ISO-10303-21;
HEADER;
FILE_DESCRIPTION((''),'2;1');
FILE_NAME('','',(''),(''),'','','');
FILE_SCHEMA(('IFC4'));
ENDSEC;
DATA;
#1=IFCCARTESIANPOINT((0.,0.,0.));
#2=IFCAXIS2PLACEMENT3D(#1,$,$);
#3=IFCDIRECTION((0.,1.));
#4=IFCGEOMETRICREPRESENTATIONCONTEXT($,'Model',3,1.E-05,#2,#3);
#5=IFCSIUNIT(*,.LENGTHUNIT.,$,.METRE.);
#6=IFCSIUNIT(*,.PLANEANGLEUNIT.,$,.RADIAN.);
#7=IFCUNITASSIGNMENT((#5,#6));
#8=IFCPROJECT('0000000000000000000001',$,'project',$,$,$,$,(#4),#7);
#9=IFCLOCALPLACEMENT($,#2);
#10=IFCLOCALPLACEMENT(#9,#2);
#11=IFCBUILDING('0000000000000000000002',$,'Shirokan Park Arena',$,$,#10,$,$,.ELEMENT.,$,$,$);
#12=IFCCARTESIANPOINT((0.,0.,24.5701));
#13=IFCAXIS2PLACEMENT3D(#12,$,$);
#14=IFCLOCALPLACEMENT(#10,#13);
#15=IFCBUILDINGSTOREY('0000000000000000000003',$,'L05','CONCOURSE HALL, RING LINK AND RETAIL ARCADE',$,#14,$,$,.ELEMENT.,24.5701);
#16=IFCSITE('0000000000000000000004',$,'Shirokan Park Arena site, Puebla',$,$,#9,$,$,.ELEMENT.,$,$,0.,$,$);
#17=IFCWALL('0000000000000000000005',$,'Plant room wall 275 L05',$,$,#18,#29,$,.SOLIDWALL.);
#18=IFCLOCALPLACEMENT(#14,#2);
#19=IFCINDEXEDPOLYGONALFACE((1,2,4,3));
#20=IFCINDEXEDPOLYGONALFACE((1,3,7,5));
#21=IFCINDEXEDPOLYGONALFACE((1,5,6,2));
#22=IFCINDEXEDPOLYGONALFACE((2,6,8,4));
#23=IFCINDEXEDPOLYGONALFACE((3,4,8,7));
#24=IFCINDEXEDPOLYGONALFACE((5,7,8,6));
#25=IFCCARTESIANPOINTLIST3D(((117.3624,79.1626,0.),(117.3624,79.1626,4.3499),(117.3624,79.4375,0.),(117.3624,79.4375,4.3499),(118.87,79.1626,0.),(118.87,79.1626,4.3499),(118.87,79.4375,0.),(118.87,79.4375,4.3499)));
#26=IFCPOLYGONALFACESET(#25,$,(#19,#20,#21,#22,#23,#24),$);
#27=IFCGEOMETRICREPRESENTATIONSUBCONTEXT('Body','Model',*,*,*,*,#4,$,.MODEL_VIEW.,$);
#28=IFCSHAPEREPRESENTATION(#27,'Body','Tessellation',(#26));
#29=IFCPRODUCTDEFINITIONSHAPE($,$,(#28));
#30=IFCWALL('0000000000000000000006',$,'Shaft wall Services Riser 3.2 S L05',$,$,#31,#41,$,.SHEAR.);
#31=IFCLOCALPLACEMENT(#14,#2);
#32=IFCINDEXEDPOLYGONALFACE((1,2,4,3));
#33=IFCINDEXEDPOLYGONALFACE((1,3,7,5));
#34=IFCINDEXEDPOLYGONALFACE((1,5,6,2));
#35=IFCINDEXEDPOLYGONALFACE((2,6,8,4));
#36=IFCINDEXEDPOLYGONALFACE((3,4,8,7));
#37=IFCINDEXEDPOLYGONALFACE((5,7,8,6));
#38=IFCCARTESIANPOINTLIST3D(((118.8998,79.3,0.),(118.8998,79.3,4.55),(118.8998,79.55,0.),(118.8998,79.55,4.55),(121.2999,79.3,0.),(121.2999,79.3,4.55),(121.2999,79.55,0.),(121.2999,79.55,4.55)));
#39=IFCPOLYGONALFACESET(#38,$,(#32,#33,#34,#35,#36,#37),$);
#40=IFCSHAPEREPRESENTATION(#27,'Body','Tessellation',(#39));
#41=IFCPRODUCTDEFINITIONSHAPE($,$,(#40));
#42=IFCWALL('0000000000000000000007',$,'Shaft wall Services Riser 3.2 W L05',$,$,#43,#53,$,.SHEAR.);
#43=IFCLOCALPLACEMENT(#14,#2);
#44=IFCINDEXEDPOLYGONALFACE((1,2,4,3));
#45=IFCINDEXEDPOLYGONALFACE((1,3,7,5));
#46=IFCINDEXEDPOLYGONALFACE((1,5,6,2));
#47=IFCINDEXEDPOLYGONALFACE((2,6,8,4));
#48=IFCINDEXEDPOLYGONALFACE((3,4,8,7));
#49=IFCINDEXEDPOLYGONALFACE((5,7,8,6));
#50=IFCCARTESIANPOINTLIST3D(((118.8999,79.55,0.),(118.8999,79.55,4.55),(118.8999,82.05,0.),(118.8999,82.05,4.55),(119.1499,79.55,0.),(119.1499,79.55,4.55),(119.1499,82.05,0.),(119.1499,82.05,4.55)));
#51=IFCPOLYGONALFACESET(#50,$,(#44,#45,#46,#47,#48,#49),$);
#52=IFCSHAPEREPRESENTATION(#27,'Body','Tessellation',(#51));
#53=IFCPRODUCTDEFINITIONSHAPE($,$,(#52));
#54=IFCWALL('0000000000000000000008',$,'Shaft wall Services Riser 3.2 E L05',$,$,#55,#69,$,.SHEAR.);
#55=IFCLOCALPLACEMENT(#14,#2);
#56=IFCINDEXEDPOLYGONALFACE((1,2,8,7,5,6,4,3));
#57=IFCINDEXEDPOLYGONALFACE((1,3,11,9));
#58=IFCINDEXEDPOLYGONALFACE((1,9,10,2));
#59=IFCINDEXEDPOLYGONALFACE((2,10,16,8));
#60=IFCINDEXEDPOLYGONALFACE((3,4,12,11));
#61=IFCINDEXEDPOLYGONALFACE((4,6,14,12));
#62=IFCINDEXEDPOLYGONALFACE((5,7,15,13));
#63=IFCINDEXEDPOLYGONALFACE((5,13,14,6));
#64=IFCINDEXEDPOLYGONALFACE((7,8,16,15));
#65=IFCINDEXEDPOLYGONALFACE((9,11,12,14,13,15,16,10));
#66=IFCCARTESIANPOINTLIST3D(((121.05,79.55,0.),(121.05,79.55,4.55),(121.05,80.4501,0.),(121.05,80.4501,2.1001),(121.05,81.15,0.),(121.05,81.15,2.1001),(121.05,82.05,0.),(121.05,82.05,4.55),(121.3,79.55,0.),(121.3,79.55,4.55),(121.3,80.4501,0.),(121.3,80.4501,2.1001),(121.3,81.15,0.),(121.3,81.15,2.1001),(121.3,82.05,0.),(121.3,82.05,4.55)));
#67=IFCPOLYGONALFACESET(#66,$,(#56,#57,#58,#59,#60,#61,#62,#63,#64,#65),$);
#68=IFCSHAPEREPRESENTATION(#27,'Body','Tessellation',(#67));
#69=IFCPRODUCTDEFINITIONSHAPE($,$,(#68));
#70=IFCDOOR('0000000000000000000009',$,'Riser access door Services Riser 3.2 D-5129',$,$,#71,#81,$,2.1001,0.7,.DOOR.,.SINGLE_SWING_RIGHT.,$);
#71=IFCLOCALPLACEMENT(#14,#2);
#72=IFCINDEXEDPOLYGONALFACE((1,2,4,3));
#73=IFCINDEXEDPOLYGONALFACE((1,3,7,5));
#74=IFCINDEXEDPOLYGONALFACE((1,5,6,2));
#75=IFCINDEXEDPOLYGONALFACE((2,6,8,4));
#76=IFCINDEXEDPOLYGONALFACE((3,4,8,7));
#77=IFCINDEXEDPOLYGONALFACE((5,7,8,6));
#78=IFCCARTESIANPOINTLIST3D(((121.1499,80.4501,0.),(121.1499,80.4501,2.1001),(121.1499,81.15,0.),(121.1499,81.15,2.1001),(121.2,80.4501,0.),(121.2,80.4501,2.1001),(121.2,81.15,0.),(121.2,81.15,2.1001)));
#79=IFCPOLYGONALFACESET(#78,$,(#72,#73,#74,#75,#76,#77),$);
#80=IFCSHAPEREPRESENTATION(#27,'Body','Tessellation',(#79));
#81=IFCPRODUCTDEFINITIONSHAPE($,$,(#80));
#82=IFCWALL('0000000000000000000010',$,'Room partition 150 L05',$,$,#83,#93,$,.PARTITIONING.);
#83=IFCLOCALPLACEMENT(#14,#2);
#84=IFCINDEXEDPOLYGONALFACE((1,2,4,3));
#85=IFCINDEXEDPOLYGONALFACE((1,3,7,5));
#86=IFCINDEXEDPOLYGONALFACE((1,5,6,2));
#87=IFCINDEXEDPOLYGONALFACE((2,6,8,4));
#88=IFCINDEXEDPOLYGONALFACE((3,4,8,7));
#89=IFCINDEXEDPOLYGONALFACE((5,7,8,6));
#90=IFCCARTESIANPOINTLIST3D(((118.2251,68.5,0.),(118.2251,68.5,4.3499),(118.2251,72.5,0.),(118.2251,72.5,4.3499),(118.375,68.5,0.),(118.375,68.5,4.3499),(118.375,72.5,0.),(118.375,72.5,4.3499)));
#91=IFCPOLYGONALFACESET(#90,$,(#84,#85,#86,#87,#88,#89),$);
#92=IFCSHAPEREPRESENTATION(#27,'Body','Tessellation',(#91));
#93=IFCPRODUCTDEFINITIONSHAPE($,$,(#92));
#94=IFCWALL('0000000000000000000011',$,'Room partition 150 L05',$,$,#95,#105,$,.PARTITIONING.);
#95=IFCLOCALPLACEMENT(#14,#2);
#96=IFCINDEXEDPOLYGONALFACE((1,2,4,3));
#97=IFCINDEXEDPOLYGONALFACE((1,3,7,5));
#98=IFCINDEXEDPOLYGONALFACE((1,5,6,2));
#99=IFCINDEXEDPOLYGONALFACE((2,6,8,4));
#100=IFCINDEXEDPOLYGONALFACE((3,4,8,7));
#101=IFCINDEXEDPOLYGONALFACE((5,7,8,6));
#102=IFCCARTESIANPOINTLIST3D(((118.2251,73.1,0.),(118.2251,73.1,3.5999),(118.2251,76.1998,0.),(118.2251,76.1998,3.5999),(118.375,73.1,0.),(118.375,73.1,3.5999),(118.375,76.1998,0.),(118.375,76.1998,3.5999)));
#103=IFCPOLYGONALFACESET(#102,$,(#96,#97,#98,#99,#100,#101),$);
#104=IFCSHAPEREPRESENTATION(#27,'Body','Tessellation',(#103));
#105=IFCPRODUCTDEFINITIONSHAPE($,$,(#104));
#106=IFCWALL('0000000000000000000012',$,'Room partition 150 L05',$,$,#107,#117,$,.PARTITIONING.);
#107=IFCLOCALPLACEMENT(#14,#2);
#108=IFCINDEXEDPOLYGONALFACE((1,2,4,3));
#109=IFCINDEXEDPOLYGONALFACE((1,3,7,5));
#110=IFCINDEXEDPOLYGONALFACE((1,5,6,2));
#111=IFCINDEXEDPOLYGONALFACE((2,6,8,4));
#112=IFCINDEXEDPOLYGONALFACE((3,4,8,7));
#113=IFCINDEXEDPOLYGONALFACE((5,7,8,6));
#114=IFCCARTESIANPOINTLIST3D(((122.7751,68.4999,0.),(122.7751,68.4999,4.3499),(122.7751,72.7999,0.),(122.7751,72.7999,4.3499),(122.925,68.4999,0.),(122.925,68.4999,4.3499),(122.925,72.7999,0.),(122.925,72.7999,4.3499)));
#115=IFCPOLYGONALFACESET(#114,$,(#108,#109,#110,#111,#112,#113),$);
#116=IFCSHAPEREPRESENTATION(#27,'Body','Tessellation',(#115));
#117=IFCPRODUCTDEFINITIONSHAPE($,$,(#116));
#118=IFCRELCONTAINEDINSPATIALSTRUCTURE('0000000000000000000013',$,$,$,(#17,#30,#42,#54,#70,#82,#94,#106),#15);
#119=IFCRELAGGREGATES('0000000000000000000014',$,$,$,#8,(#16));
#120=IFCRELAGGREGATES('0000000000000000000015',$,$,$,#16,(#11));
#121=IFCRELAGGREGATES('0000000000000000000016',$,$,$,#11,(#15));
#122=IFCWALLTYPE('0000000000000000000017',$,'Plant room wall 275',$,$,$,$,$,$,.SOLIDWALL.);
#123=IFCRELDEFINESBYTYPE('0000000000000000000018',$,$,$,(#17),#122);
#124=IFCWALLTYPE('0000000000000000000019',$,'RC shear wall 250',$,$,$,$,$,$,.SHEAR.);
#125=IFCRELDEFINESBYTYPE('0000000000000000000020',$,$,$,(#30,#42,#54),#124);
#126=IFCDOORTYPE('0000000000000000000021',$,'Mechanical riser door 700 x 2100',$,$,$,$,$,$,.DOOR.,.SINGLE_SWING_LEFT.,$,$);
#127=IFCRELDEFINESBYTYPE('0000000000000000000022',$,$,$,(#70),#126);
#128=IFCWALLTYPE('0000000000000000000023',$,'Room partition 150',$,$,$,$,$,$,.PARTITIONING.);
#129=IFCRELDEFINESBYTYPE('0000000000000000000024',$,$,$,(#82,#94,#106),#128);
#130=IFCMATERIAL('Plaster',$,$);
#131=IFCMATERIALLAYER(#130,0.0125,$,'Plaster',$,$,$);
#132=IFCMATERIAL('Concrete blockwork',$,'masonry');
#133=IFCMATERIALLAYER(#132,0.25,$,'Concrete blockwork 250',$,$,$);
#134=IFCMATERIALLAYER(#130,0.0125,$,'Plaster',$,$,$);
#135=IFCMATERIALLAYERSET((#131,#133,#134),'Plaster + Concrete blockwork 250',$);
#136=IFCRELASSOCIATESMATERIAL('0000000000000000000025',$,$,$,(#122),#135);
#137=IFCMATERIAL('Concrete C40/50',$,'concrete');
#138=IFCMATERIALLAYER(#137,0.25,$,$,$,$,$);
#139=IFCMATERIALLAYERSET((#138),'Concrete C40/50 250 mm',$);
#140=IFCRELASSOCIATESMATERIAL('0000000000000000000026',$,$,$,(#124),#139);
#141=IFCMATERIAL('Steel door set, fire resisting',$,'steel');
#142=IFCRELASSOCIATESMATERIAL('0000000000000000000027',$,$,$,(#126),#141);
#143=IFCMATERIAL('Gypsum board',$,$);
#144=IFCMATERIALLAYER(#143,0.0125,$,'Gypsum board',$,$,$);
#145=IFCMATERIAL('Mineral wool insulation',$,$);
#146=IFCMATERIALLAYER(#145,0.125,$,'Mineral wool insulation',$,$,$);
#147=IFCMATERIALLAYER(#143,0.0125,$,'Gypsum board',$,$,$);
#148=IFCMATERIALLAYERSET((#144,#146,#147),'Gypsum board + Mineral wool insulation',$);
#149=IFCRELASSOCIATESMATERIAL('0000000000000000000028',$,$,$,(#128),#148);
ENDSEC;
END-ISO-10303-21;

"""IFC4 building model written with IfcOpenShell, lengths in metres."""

from ifc_helpers import new_model, si_unit, direction, frame, frame_2d, origin, place, context, subcontext, project, spatial, rectangle, extrude, material, layer, layer_set, type_object, element, fill, save


model = new_model("IFC4")

# Units and contexts
model_context = context("Model", 3, precision=1e-05, world=origin(), true_north=direction((0.0, 1.0)))
body_context = subcontext(model_context, "Body", "Model", "MODEL_VIEW")
ifc_project = project(units=[si_unit("LENGTHUNIT", "METRE"), si_unit("PLANEANGLEUNIT", "RADIAN")], contexts=[model_context])

# Site, building, storey
site_placement = place(None, origin())
site = spatial("IfcSite", under=ifc_project, at=site_placement, Name="Shirokan Park Arena site, Puebla", CompositionType="ELEMENT", RefElevation=0.0)
building_placement = place(site_placement, origin())
building = spatial("IfcBuilding", under=site, at=building_placement, Name="Shirokan Park Arena", CompositionType="ELEMENT")
storey_placement = place(building_placement, frame((0.0, 0.0, 24.5701)))
storey = spatial("IfcBuildingStorey", under=building, at=storey_placement, Name="L05", Description="CONCOURSE HALL, RING LINK AND RETAIL ARCADE", CompositionType="ELEMENT", Elevation=24.5701)

# Shared definitions
ifc_material_1 = material(Name="Gypsum board")
ifc_material_2 = material(Name="Mineral wool insulation")

# Walls
ifc_material_3 = material(Name="Plaster")
ifc_layer_1 = layer(ifc_material_3, 0.0125, Name="Plaster")
ifc_material_4 = material(Name="Concrete blockwork", Category="masonry")
ifc_layer_2 = layer(ifc_material_4, 0.25, Name="Concrete blockwork 250")
ifc_layer_3 = layer(ifc_material_3, 0.0125, Name="Plaster")
ifc_layer_set_1 = layer_set([ifc_layer_1, ifc_layer_2, ifc_layer_3], Name="Plaster + Concrete blockwork 250")
wall_type_1 = type_object("IfcWallType", Name="Plant room wall 275", PredefinedType="SOLIDWALL", material=ifc_layer_set_1)
wall_1_placement = place(storey_placement, frame((118.8701, 79.3, 0.0), z_axis=(0.0, 0.0, 1.0), x_axis=(-1.0, 0.0, 0.0)))
element("IfcWall", 1, at=wall_1_placement, inside=storey, type_object=wall_type_1, Name="Plant room wall 275 L05", PredefinedType="SOLIDWALL", context=body_context, shape_type="SweptSolid", body=[
    extrude(rectangle(XDim=1.5076, YDim=0.2749, at=frame_2d((0.7539, 0.0))), origin(), (0.0, 0.0, 1.0), 4.3499),
])
ifc_material_5 = material(Name="Concrete C40/50", Category="concrete")
ifc_layer_4 = layer(ifc_material_5, 0.25)
ifc_layer_set_2 = layer_set([ifc_layer_4], Name="Concrete C40/50 250 mm")
wall_type_2 = type_object("IfcWallType", Name="RC shear wall 250", PredefinedType="SHEAR", material=ifc_layer_set_2)
wall_2_placement = place(storey_placement, frame((121.3, 79.425, 0.0), z_axis=(0.0, 0.0, 1.0), x_axis=(-1.0, 0.0, 0.0)))
element("IfcWall", 2, at=wall_2_placement, inside=storey, type_object=wall_type_2, Name="Shaft wall Services Riser 3.2 S L05", PredefinedType="SHEAR", context=body_context, shape_type="SweptSolid", body=[
    extrude(rectangle(XDim=2.4001, YDim=0.25, at=frame_2d((1.2002, 0.0))), origin(), (0.0, 0.0, 1.0), 4.55),
])
wall_3_placement = place(storey_placement, frame((119.0249, 82.05, 0.0), z_axis=(0.0, 0.0, 1.0), x_axis=(0.0, -1.0, 0.0)))
element("IfcWall", 3, at=wall_3_placement, inside=storey, type_object=wall_type_2, Name="Shaft wall Services Riser 3.2 W L05", PredefinedType="SHEAR", context=body_context, shape_type="SweptSolid", body=[
    extrude(rectangle(XDim=2.5, YDim=0.25, at=frame_2d((1.25, 0.0))), origin(), (0.0, 0.0, 1.0), 4.55),
])

# Wall, opening, door
wall_4_placement = place(storey_placement, frame((121.175, 82.05, 0.0), z_axis=(0.0, 0.0, 1.0), x_axis=(0.0, -1.0, 0.0)))
wall_4 = element("IfcWall", 4, at=wall_4_placement, inside=storey, type_object=wall_type_2, Name="Shaft wall Services Riser 3.2 E L05", PredefinedType="SHEAR", context=body_context, shape_type="SweptSolid", body=[
    extrude(rectangle(XDim=2.5, YDim=0.25, at=frame_2d((1.25, 0.0))), origin(), (0.0, 0.0, 1.0), 4.55),
])
opening_1_placement = place(wall_4_placement, frame((0.8999, 0.0, 0.0)))
opening_1 = element("IfcOpeningElement", 5, at=opening_1_placement, cuts=wall_4, PredefinedType="OPENING", context=body_context, shape_type="SweptSolid", body=[
    extrude(rectangle(XDim=0.7, YDim=2.1001, at=frame_2d((0.3501, 1.05))), frame((0.0, 0.135, 0.0), z_axis=(0.0, -1.0, 0.0), x_axis=(1.0, 0.0, 0.0)), (0.0, 0.0, 1.0), 0.27),
])
ifc_material_6 = material(Name="Steel door set, fire resisting", Category="steel")
door_type_1 = type_object("IfcDoorType", Name="Mechanical riser door 700 x 2100", OperationType="SINGLE_SWING_LEFT", PredefinedType="DOOR", material=ifc_material_6)
door_1_placement = place(opening_1_placement, origin())
door_1 = element("IfcDoor", 6, at=door_1_placement, inside=storey, type_object=door_type_1, Name="Riser access door Services Riser 3.2 D-5129", OperationType="SINGLE_SWING_RIGHT", OverallHeight=2.1001, OverallWidth=0.7, PredefinedType="DOOR", context=body_context, shape_type="SweptSolid", body=[
    extrude(rectangle(XDim=0.7, YDim=2.1001, at=frame_2d((0.3501, 1.05))), frame((0.0, 0.0249, 0.0), z_axis=(0.0, -1.0, 0.0), x_axis=(1.0, 0.0, 0.0)), (0.0, 0.0, 1.0), 0.05),
])
fill(opening_1, door_1)

# Walls
ifc_layer_5 = layer(ifc_material_1, 0.0125, Name="Gypsum board")
ifc_layer_6 = layer(ifc_material_2, 0.125, Name="Mineral wool insulation")
ifc_layer_7 = layer(ifc_material_1, 0.0125, Name="Gypsum board")
ifc_layer_set_3 = layer_set([ifc_layer_5, ifc_layer_6, ifc_layer_7], Name="Gypsum board + Mineral wool insulation")
wall_type_3 = type_object("IfcWallType", Name="Room partition 150", PredefinedType="PARTITIONING", material=ifc_layer_set_3)
wall_5_placement = place(storey_placement, frame((118.3, 68.5, 0.0), z_axis=(0.0, 0.0, 1.0), x_axis=(0.0, 1.0, 0.0)))
element("IfcWall", 7, at=wall_5_placement, inside=storey, type_object=wall_type_3, Name="Room partition 150 L05", PredefinedType="PARTITIONING", context=body_context, shape_type="SweptSolid", body=[
    extrude(rectangle(XDim=4.0, YDim=0.1499, at=frame_2d((2.0, 0.0))), origin(), (0.0, 0.0, 1.0), 4.3499),
])
wall_6_placement = place(storey_placement, frame((118.3, 73.1001, 0.0), z_axis=(0.0, 0.0, 1.0), x_axis=(0.0, 1.0, 0.0)))
element("IfcWall", 8, at=wall_6_placement, inside=storey, type_object=wall_type_3, Name="Room partition 150 L05", PredefinedType="PARTITIONING", context=body_context, shape_type="SweptSolid", body=[
    extrude(rectangle(XDim=3.0999, YDim=0.1499, at=frame_2d((1.5498, 0.0))), origin(), (0.0, 0.0, 1.0), 3.5999),
])
wall_7_placement = place(storey_placement, frame((122.8501, 68.5, 0.0), z_axis=(0.0, 0.0, 1.0), x_axis=(0.0, 1.0, 0.0)))
element("IfcWall", 9, at=wall_7_placement, inside=storey, type_object=wall_type_3, Name="Room partition 150 L05", PredefinedType="PARTITIONING", context=body_context, shape_type="SweptSolid", body=[
    extrude(rectangle(XDim=4.3, YDim=0.1499, at=frame_2d((2.1499, 0.0))), origin(), (0.0, 0.0, 1.0), 4.3499),
])

save(model, "model.ifc")
